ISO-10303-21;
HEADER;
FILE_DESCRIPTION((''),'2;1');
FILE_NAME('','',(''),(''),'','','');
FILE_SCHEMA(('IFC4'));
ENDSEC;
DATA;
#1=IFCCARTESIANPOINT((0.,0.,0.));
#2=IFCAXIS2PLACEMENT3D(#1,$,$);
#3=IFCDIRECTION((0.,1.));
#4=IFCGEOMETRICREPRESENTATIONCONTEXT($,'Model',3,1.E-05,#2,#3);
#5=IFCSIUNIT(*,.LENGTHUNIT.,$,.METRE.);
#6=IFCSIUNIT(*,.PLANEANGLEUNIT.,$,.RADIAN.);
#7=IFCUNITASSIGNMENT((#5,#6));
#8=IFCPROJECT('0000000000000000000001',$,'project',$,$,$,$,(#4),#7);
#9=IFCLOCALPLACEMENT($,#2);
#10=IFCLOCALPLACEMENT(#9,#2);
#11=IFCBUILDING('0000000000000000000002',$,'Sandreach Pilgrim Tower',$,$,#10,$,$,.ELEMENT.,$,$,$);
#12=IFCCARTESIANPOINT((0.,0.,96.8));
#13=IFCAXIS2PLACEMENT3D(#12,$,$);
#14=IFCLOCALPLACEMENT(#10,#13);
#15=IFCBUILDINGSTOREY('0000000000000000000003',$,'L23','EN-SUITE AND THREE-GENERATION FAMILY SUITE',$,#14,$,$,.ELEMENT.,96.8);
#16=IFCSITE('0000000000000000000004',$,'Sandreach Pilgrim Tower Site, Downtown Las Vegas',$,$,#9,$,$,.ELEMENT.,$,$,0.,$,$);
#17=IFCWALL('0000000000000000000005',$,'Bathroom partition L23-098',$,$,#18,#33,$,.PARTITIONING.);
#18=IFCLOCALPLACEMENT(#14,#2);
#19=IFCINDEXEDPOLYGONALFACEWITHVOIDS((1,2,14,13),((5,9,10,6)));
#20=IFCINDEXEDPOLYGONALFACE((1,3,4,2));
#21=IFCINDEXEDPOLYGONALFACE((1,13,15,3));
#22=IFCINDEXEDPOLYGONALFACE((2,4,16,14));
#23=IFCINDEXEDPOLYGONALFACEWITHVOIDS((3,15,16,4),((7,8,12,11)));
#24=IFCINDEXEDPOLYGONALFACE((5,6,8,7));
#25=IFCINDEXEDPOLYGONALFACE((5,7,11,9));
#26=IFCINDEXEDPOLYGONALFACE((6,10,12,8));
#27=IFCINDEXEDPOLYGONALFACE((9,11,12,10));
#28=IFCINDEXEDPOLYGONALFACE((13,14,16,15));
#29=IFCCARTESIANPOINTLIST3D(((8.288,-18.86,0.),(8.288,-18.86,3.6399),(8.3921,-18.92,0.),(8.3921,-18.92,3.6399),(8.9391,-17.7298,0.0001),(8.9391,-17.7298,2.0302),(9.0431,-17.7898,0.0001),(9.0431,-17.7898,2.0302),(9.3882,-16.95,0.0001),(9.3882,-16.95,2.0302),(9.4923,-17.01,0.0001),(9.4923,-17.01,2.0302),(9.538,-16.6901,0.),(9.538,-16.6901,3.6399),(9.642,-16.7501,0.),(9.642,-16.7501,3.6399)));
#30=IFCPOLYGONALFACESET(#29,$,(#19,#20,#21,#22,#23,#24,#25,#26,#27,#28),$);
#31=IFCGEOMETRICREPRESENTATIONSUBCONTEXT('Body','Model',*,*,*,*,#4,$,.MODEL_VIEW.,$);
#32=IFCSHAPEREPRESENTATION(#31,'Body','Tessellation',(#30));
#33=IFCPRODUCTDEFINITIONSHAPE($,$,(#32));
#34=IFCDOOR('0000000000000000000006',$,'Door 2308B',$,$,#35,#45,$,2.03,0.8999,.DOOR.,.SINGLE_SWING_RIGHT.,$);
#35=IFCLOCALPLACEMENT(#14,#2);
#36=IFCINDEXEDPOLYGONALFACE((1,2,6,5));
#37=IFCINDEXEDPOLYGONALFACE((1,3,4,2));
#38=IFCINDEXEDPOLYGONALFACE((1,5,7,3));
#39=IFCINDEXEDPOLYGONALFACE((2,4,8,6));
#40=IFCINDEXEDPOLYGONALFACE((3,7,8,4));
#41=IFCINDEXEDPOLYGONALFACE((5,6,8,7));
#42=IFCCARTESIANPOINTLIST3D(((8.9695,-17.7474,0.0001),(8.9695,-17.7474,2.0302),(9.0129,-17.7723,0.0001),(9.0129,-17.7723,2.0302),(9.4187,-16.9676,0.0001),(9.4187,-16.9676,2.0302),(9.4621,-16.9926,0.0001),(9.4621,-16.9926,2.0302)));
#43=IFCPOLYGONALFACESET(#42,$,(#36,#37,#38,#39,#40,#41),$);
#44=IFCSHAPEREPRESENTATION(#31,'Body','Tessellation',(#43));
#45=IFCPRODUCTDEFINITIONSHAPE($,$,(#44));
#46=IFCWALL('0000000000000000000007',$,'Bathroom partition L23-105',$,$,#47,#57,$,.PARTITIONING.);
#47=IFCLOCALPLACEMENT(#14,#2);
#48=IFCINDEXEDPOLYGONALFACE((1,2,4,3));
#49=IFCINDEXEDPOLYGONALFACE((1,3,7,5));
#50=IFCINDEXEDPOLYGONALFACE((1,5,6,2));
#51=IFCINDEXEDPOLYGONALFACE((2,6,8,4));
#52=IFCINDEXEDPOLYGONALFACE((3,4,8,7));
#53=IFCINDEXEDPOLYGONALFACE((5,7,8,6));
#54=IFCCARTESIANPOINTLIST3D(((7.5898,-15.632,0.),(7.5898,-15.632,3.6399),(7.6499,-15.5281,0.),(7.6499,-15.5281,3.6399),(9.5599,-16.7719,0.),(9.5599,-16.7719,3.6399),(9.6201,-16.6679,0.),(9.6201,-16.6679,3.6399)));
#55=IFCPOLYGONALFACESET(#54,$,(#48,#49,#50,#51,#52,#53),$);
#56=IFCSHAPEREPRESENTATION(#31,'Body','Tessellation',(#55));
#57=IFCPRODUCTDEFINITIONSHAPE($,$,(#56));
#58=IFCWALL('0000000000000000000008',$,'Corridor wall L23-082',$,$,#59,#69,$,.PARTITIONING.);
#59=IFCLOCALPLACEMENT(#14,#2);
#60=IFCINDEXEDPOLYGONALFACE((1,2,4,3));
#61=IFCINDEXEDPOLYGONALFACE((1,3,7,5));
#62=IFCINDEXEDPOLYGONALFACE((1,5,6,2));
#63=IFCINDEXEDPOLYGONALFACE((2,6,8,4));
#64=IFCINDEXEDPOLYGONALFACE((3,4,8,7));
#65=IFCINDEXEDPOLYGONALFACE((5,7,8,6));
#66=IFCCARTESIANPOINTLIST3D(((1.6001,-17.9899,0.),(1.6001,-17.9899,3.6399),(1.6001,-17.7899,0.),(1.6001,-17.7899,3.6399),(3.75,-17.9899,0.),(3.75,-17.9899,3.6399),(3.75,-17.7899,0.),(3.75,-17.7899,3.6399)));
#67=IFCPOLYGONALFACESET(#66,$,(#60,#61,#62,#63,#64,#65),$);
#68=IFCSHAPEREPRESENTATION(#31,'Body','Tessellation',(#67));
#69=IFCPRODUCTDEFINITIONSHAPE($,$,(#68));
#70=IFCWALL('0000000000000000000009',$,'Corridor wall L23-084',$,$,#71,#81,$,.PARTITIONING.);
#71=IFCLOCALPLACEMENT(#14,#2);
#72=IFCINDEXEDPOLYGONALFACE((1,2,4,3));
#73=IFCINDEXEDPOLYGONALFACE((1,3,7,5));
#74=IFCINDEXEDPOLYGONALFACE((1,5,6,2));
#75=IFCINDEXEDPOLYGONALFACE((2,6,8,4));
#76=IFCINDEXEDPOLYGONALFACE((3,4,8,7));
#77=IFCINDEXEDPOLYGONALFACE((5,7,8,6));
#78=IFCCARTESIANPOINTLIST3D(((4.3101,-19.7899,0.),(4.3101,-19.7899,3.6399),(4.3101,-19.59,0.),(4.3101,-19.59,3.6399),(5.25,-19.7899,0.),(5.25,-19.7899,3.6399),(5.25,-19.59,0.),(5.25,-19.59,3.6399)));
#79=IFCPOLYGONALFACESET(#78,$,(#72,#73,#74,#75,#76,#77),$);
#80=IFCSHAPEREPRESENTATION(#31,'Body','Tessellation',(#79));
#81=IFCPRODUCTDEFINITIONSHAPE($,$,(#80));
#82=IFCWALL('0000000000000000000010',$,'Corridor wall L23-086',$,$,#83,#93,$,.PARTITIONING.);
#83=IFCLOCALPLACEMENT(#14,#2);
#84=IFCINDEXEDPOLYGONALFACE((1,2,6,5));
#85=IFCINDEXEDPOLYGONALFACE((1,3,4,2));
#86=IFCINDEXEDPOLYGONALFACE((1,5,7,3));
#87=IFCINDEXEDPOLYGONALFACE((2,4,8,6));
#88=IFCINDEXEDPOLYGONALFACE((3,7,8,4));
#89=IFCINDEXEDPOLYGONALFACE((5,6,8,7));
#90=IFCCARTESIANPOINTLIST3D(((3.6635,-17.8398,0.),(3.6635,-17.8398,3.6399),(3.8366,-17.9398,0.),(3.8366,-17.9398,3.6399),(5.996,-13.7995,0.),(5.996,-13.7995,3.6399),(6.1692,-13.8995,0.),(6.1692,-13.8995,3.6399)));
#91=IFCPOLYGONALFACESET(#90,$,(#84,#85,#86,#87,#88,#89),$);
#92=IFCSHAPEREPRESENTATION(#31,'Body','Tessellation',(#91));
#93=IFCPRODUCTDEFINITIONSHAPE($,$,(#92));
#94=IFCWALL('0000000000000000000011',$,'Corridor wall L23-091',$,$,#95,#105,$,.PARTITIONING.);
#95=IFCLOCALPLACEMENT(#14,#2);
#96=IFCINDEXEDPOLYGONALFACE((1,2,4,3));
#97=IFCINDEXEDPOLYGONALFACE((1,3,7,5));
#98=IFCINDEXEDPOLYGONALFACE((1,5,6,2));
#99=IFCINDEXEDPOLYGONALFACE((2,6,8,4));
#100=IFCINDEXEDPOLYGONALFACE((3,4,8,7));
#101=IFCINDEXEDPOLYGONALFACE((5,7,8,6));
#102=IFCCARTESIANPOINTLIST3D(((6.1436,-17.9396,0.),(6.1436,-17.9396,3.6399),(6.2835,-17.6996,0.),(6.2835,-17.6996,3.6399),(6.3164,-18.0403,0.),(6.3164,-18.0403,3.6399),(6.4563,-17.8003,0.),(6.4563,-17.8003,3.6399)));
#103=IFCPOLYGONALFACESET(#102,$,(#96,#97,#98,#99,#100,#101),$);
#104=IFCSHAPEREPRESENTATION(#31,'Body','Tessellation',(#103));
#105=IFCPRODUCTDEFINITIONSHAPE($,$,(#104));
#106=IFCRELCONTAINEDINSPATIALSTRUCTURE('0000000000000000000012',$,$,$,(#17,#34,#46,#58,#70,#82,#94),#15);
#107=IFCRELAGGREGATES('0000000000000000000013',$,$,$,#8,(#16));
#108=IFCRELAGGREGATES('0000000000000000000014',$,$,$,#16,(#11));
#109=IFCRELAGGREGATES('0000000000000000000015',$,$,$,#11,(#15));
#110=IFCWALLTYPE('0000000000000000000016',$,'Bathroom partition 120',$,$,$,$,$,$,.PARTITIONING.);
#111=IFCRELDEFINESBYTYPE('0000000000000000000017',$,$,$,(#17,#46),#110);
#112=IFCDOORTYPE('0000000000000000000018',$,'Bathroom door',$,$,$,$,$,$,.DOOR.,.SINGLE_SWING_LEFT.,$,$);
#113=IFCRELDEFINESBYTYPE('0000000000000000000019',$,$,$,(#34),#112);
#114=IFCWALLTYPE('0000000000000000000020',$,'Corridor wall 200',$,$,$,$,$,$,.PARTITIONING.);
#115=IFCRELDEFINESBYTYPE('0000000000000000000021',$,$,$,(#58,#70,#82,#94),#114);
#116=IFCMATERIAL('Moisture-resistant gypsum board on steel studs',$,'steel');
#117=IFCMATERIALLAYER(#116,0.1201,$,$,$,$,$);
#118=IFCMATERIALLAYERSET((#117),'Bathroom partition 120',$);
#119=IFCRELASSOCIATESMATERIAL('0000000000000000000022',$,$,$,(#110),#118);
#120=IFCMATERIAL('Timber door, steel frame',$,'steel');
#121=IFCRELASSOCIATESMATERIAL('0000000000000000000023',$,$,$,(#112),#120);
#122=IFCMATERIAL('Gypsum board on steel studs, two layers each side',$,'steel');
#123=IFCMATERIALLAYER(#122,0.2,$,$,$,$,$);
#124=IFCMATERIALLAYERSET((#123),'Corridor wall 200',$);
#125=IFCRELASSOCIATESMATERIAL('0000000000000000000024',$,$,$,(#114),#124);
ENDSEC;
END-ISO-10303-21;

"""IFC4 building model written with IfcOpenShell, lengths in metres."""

from ifc_helpers import new_model, si_unit, direction, frame, frame_2d, origin, place, context, subcontext, project, spatial, rectangle, extrude, material, layer, layer_set, type_object, element, fill, save


model = new_model("IFC4")

# Units and contexts
model_context = context("Model", 3, precision=1e-05, world=origin(), true_north=direction((0.0, 1.0)))
body_context = subcontext(model_context, "Body", "Model", "MODEL_VIEW")
ifc_project = project(units=[si_unit("LENGTHUNIT", "METRE"), si_unit("PLANEANGLEUNIT", "RADIAN")], contexts=[model_context])

# Site, building, storey
site_placement = place(None, origin())
site = spatial("IfcSite", under=ifc_project, at=site_placement, Name="Sandreach Pilgrim Tower Site, Downtown Las Vegas", CompositionType="ELEMENT", RefElevation=0.0)
building_placement = place(site_placement, origin())
building = spatial("IfcBuilding", under=site, at=building_placement, Name="Sandreach Pilgrim Tower", CompositionType="ELEMENT")
storey_placement = place(building_placement, frame((0.0, 0.0, 96.8)))
storey = spatial("IfcBuildingStorey", under=building, at=storey_placement, Name="L23", Description="EN-SUITE AND THREE-GENERATION FAMILY SUITE", CompositionType="ELEMENT", Elevation=96.8)

# Shared definitions
ifc_material_1 = material(Name="Moisture-resistant gypsum board on steel studs", Category="steel")
ifc_layer_1 = layer(ifc_material_1, 0.1201)
ifc_layer_set_1 = layer_set([ifc_layer_1], Name="Bathroom partition 120")
wall_type_1 = type_object("IfcWallType", Name="Bathroom partition 120", PredefinedType="PARTITIONING", material=ifc_layer_set_1)

# Wall, opening, door
wall_1_placement = place(storey_placement, frame((8.3401, -18.8899, 0.0), z_axis=(0.0, 0.0, 1.0), x_axis=(0.49916, 0.86651, 0.0)))
wall_1 = element("IfcWall", 1, at=wall_1_placement, inside=storey, type_object=wall_type_1, Name="Bathroom partition L23-098", PredefinedType="PARTITIONING", context=body_context, shape_type="SweptSolid", body=[
    extrude(rectangle(XDim=2.5042, YDim=0.1201, at=frame_2d((1.252, 0.0))), origin(), (0.0, 0.0, 1.0), 3.6399),
])
opening_1_placement = place(wall_1_placement, frame((1.3042, 0.0, 0.0)))
opening_1 = element("IfcOpeningElement", 2, at=opening_1_placement, cuts=wall_1, PredefinedType="OPENING", context=body_context, shape_type="SweptSolid", body=[
    extrude(rectangle(XDim=0.8999, YDim=2.03, at=frame_2d((0.45, 1.0151))), frame((0.0, 0.0601, 0.0), z_axis=(0.0, -1.0, 0.0), x_axis=(1.0, 0.0, 0.0)), (0.0, 0.0, 1.0), 0.1201),
])
ifc_material_2 = material(Name="Timber door, steel frame", Category="steel")
door_type_1 = type_object("IfcDoorType", Name="Bathroom door", OperationType="SINGLE_SWING_LEFT", PredefinedType="DOOR", material=ifc_material_2)
door_1_placement = place(opening_1_placement, origin())
door_1 = element("IfcDoor", 3, at=door_1_placement, inside=storey, type_object=door_type_1, Name="Door 2308B", OperationType="SINGLE_SWING_RIGHT", OverallHeight=2.03, OverallWidth=0.8999, PredefinedType="DOOR", context=body_context, shape_type="SweptSolid", body=[
    extrude(rectangle(XDim=0.8999, YDim=2.03, at=frame_2d((0.45, 1.0151))), frame((0.0, 0.0249, 0.0), z_axis=(0.0, -1.0, 0.0), x_axis=(1.0, 0.0, 0.0)), (0.0, 0.0, 1.0), 0.05),
])
fill(opening_1, door_1)

# Wall
wall_2_placement = place(storey_placement, frame((9.5901, -16.72, 0.0), z_axis=(0.0, 0.0, 1.0), x_axis=(-0.865571, 0.500787, 0.0)))
element("IfcWall", 4, at=wall_2_placement, inside=storey, type_object=wall_type_1, Name="Bathroom partition L23-105", PredefinedType="PARTITIONING", context=body_context, shape_type="SweptSolid", body=[
    extrude(rectangle(XDim=2.2761, YDim=0.1201, at=frame_2d((1.1382, 0.0))), origin(), (0.0, 0.0, 1.0), 3.6399),
])

# Shared definitions
ifc_material_3 = material(Name="Gypsum board on steel studs, two layers each side", Category="steel")
ifc_layer_2 = layer(ifc_material_3, 0.2)
ifc_layer_set_2 = layer_set([ifc_layer_2], Name="Corridor wall 200")
wall_type_2 = type_object("IfcWallType", Name="Corridor wall 200", PredefinedType="PARTITIONING", material=ifc_layer_set_2)

# Walls
wall_3_placement = place(storey_placement, frame((3.75, -17.8899, 0.0), z_axis=(0.0, 0.0, 1.0), x_axis=(-1.0, 0.0, 0.0)))
element("IfcWall", 5, at=wall_3_placement, inside=storey, type_object=wall_type_2, Name="Corridor wall L23-082", PredefinedType="PARTITIONING", context=body_context, shape_type="SweptSolid", body=[
    extrude(rectangle(XDim=2.1499, YDim=0.2, at=frame_2d((1.075, 0.0))), origin(), (0.0, 0.0, 1.0), 3.6399),
])
wall_4_placement = place(storey_placement, frame((4.3101, -19.6899, 0.0), z_axis=(0.0, 0.0, 1.0), x_axis=(1.0, 0.0, 0.0)))
element("IfcWall", 6, at=wall_4_placement, inside=storey, type_object=wall_type_2, Name="Corridor wall L23-084", PredefinedType="PARTITIONING", context=body_context, shape_type="SweptSolid", body=[
    extrude(rectangle(XDim=0.9399, YDim=0.2, at=frame_2d((0.47, 0.0))), origin(), (0.0, 0.0, 1.0), 3.6399),
])

# Walls
wall_5_placement = place(storey_placement, frame((6.0825, -13.8496, 0.0), z_axis=(0.0, 0.0, 1.0), x_axis=(-0.499978, -0.866038, 0.0)))
element("IfcWall", 7, at=wall_5_placement, inside=storey, type_object=wall_type_2, Name="Corridor wall L23-086", PredefinedType="PARTITIONING", context=body_context, shape_type="SweptSolid", body=[
    extrude(rectangle(XDim=4.6653, YDim=0.2, at=frame_2d((2.3325, 0.0))), origin(), (0.0, 0.0, 1.0), 3.6399),
])
wall_6_placement = place(storey_placement, frame((6.23, -17.99, 0.0), z_axis=(0.0, 0.0, 1.0), x_axis=(0.503598, 0.863938, 0.0)))
element("IfcWall", 8, at=wall_6_placement, inside=storey, type_object=wall_type_2, Name="Corridor wall L23-091", PredefinedType="PARTITIONING", context=body_context, shape_type="SweptSolid", body=[
    extrude(rectangle(XDim=0.2778, YDim=0.2, at=frame_2d((0.1389, 0.0))), origin(), (0.0, 0.0, 1.0), 3.6399),
])

save(model, "model.ifc")
